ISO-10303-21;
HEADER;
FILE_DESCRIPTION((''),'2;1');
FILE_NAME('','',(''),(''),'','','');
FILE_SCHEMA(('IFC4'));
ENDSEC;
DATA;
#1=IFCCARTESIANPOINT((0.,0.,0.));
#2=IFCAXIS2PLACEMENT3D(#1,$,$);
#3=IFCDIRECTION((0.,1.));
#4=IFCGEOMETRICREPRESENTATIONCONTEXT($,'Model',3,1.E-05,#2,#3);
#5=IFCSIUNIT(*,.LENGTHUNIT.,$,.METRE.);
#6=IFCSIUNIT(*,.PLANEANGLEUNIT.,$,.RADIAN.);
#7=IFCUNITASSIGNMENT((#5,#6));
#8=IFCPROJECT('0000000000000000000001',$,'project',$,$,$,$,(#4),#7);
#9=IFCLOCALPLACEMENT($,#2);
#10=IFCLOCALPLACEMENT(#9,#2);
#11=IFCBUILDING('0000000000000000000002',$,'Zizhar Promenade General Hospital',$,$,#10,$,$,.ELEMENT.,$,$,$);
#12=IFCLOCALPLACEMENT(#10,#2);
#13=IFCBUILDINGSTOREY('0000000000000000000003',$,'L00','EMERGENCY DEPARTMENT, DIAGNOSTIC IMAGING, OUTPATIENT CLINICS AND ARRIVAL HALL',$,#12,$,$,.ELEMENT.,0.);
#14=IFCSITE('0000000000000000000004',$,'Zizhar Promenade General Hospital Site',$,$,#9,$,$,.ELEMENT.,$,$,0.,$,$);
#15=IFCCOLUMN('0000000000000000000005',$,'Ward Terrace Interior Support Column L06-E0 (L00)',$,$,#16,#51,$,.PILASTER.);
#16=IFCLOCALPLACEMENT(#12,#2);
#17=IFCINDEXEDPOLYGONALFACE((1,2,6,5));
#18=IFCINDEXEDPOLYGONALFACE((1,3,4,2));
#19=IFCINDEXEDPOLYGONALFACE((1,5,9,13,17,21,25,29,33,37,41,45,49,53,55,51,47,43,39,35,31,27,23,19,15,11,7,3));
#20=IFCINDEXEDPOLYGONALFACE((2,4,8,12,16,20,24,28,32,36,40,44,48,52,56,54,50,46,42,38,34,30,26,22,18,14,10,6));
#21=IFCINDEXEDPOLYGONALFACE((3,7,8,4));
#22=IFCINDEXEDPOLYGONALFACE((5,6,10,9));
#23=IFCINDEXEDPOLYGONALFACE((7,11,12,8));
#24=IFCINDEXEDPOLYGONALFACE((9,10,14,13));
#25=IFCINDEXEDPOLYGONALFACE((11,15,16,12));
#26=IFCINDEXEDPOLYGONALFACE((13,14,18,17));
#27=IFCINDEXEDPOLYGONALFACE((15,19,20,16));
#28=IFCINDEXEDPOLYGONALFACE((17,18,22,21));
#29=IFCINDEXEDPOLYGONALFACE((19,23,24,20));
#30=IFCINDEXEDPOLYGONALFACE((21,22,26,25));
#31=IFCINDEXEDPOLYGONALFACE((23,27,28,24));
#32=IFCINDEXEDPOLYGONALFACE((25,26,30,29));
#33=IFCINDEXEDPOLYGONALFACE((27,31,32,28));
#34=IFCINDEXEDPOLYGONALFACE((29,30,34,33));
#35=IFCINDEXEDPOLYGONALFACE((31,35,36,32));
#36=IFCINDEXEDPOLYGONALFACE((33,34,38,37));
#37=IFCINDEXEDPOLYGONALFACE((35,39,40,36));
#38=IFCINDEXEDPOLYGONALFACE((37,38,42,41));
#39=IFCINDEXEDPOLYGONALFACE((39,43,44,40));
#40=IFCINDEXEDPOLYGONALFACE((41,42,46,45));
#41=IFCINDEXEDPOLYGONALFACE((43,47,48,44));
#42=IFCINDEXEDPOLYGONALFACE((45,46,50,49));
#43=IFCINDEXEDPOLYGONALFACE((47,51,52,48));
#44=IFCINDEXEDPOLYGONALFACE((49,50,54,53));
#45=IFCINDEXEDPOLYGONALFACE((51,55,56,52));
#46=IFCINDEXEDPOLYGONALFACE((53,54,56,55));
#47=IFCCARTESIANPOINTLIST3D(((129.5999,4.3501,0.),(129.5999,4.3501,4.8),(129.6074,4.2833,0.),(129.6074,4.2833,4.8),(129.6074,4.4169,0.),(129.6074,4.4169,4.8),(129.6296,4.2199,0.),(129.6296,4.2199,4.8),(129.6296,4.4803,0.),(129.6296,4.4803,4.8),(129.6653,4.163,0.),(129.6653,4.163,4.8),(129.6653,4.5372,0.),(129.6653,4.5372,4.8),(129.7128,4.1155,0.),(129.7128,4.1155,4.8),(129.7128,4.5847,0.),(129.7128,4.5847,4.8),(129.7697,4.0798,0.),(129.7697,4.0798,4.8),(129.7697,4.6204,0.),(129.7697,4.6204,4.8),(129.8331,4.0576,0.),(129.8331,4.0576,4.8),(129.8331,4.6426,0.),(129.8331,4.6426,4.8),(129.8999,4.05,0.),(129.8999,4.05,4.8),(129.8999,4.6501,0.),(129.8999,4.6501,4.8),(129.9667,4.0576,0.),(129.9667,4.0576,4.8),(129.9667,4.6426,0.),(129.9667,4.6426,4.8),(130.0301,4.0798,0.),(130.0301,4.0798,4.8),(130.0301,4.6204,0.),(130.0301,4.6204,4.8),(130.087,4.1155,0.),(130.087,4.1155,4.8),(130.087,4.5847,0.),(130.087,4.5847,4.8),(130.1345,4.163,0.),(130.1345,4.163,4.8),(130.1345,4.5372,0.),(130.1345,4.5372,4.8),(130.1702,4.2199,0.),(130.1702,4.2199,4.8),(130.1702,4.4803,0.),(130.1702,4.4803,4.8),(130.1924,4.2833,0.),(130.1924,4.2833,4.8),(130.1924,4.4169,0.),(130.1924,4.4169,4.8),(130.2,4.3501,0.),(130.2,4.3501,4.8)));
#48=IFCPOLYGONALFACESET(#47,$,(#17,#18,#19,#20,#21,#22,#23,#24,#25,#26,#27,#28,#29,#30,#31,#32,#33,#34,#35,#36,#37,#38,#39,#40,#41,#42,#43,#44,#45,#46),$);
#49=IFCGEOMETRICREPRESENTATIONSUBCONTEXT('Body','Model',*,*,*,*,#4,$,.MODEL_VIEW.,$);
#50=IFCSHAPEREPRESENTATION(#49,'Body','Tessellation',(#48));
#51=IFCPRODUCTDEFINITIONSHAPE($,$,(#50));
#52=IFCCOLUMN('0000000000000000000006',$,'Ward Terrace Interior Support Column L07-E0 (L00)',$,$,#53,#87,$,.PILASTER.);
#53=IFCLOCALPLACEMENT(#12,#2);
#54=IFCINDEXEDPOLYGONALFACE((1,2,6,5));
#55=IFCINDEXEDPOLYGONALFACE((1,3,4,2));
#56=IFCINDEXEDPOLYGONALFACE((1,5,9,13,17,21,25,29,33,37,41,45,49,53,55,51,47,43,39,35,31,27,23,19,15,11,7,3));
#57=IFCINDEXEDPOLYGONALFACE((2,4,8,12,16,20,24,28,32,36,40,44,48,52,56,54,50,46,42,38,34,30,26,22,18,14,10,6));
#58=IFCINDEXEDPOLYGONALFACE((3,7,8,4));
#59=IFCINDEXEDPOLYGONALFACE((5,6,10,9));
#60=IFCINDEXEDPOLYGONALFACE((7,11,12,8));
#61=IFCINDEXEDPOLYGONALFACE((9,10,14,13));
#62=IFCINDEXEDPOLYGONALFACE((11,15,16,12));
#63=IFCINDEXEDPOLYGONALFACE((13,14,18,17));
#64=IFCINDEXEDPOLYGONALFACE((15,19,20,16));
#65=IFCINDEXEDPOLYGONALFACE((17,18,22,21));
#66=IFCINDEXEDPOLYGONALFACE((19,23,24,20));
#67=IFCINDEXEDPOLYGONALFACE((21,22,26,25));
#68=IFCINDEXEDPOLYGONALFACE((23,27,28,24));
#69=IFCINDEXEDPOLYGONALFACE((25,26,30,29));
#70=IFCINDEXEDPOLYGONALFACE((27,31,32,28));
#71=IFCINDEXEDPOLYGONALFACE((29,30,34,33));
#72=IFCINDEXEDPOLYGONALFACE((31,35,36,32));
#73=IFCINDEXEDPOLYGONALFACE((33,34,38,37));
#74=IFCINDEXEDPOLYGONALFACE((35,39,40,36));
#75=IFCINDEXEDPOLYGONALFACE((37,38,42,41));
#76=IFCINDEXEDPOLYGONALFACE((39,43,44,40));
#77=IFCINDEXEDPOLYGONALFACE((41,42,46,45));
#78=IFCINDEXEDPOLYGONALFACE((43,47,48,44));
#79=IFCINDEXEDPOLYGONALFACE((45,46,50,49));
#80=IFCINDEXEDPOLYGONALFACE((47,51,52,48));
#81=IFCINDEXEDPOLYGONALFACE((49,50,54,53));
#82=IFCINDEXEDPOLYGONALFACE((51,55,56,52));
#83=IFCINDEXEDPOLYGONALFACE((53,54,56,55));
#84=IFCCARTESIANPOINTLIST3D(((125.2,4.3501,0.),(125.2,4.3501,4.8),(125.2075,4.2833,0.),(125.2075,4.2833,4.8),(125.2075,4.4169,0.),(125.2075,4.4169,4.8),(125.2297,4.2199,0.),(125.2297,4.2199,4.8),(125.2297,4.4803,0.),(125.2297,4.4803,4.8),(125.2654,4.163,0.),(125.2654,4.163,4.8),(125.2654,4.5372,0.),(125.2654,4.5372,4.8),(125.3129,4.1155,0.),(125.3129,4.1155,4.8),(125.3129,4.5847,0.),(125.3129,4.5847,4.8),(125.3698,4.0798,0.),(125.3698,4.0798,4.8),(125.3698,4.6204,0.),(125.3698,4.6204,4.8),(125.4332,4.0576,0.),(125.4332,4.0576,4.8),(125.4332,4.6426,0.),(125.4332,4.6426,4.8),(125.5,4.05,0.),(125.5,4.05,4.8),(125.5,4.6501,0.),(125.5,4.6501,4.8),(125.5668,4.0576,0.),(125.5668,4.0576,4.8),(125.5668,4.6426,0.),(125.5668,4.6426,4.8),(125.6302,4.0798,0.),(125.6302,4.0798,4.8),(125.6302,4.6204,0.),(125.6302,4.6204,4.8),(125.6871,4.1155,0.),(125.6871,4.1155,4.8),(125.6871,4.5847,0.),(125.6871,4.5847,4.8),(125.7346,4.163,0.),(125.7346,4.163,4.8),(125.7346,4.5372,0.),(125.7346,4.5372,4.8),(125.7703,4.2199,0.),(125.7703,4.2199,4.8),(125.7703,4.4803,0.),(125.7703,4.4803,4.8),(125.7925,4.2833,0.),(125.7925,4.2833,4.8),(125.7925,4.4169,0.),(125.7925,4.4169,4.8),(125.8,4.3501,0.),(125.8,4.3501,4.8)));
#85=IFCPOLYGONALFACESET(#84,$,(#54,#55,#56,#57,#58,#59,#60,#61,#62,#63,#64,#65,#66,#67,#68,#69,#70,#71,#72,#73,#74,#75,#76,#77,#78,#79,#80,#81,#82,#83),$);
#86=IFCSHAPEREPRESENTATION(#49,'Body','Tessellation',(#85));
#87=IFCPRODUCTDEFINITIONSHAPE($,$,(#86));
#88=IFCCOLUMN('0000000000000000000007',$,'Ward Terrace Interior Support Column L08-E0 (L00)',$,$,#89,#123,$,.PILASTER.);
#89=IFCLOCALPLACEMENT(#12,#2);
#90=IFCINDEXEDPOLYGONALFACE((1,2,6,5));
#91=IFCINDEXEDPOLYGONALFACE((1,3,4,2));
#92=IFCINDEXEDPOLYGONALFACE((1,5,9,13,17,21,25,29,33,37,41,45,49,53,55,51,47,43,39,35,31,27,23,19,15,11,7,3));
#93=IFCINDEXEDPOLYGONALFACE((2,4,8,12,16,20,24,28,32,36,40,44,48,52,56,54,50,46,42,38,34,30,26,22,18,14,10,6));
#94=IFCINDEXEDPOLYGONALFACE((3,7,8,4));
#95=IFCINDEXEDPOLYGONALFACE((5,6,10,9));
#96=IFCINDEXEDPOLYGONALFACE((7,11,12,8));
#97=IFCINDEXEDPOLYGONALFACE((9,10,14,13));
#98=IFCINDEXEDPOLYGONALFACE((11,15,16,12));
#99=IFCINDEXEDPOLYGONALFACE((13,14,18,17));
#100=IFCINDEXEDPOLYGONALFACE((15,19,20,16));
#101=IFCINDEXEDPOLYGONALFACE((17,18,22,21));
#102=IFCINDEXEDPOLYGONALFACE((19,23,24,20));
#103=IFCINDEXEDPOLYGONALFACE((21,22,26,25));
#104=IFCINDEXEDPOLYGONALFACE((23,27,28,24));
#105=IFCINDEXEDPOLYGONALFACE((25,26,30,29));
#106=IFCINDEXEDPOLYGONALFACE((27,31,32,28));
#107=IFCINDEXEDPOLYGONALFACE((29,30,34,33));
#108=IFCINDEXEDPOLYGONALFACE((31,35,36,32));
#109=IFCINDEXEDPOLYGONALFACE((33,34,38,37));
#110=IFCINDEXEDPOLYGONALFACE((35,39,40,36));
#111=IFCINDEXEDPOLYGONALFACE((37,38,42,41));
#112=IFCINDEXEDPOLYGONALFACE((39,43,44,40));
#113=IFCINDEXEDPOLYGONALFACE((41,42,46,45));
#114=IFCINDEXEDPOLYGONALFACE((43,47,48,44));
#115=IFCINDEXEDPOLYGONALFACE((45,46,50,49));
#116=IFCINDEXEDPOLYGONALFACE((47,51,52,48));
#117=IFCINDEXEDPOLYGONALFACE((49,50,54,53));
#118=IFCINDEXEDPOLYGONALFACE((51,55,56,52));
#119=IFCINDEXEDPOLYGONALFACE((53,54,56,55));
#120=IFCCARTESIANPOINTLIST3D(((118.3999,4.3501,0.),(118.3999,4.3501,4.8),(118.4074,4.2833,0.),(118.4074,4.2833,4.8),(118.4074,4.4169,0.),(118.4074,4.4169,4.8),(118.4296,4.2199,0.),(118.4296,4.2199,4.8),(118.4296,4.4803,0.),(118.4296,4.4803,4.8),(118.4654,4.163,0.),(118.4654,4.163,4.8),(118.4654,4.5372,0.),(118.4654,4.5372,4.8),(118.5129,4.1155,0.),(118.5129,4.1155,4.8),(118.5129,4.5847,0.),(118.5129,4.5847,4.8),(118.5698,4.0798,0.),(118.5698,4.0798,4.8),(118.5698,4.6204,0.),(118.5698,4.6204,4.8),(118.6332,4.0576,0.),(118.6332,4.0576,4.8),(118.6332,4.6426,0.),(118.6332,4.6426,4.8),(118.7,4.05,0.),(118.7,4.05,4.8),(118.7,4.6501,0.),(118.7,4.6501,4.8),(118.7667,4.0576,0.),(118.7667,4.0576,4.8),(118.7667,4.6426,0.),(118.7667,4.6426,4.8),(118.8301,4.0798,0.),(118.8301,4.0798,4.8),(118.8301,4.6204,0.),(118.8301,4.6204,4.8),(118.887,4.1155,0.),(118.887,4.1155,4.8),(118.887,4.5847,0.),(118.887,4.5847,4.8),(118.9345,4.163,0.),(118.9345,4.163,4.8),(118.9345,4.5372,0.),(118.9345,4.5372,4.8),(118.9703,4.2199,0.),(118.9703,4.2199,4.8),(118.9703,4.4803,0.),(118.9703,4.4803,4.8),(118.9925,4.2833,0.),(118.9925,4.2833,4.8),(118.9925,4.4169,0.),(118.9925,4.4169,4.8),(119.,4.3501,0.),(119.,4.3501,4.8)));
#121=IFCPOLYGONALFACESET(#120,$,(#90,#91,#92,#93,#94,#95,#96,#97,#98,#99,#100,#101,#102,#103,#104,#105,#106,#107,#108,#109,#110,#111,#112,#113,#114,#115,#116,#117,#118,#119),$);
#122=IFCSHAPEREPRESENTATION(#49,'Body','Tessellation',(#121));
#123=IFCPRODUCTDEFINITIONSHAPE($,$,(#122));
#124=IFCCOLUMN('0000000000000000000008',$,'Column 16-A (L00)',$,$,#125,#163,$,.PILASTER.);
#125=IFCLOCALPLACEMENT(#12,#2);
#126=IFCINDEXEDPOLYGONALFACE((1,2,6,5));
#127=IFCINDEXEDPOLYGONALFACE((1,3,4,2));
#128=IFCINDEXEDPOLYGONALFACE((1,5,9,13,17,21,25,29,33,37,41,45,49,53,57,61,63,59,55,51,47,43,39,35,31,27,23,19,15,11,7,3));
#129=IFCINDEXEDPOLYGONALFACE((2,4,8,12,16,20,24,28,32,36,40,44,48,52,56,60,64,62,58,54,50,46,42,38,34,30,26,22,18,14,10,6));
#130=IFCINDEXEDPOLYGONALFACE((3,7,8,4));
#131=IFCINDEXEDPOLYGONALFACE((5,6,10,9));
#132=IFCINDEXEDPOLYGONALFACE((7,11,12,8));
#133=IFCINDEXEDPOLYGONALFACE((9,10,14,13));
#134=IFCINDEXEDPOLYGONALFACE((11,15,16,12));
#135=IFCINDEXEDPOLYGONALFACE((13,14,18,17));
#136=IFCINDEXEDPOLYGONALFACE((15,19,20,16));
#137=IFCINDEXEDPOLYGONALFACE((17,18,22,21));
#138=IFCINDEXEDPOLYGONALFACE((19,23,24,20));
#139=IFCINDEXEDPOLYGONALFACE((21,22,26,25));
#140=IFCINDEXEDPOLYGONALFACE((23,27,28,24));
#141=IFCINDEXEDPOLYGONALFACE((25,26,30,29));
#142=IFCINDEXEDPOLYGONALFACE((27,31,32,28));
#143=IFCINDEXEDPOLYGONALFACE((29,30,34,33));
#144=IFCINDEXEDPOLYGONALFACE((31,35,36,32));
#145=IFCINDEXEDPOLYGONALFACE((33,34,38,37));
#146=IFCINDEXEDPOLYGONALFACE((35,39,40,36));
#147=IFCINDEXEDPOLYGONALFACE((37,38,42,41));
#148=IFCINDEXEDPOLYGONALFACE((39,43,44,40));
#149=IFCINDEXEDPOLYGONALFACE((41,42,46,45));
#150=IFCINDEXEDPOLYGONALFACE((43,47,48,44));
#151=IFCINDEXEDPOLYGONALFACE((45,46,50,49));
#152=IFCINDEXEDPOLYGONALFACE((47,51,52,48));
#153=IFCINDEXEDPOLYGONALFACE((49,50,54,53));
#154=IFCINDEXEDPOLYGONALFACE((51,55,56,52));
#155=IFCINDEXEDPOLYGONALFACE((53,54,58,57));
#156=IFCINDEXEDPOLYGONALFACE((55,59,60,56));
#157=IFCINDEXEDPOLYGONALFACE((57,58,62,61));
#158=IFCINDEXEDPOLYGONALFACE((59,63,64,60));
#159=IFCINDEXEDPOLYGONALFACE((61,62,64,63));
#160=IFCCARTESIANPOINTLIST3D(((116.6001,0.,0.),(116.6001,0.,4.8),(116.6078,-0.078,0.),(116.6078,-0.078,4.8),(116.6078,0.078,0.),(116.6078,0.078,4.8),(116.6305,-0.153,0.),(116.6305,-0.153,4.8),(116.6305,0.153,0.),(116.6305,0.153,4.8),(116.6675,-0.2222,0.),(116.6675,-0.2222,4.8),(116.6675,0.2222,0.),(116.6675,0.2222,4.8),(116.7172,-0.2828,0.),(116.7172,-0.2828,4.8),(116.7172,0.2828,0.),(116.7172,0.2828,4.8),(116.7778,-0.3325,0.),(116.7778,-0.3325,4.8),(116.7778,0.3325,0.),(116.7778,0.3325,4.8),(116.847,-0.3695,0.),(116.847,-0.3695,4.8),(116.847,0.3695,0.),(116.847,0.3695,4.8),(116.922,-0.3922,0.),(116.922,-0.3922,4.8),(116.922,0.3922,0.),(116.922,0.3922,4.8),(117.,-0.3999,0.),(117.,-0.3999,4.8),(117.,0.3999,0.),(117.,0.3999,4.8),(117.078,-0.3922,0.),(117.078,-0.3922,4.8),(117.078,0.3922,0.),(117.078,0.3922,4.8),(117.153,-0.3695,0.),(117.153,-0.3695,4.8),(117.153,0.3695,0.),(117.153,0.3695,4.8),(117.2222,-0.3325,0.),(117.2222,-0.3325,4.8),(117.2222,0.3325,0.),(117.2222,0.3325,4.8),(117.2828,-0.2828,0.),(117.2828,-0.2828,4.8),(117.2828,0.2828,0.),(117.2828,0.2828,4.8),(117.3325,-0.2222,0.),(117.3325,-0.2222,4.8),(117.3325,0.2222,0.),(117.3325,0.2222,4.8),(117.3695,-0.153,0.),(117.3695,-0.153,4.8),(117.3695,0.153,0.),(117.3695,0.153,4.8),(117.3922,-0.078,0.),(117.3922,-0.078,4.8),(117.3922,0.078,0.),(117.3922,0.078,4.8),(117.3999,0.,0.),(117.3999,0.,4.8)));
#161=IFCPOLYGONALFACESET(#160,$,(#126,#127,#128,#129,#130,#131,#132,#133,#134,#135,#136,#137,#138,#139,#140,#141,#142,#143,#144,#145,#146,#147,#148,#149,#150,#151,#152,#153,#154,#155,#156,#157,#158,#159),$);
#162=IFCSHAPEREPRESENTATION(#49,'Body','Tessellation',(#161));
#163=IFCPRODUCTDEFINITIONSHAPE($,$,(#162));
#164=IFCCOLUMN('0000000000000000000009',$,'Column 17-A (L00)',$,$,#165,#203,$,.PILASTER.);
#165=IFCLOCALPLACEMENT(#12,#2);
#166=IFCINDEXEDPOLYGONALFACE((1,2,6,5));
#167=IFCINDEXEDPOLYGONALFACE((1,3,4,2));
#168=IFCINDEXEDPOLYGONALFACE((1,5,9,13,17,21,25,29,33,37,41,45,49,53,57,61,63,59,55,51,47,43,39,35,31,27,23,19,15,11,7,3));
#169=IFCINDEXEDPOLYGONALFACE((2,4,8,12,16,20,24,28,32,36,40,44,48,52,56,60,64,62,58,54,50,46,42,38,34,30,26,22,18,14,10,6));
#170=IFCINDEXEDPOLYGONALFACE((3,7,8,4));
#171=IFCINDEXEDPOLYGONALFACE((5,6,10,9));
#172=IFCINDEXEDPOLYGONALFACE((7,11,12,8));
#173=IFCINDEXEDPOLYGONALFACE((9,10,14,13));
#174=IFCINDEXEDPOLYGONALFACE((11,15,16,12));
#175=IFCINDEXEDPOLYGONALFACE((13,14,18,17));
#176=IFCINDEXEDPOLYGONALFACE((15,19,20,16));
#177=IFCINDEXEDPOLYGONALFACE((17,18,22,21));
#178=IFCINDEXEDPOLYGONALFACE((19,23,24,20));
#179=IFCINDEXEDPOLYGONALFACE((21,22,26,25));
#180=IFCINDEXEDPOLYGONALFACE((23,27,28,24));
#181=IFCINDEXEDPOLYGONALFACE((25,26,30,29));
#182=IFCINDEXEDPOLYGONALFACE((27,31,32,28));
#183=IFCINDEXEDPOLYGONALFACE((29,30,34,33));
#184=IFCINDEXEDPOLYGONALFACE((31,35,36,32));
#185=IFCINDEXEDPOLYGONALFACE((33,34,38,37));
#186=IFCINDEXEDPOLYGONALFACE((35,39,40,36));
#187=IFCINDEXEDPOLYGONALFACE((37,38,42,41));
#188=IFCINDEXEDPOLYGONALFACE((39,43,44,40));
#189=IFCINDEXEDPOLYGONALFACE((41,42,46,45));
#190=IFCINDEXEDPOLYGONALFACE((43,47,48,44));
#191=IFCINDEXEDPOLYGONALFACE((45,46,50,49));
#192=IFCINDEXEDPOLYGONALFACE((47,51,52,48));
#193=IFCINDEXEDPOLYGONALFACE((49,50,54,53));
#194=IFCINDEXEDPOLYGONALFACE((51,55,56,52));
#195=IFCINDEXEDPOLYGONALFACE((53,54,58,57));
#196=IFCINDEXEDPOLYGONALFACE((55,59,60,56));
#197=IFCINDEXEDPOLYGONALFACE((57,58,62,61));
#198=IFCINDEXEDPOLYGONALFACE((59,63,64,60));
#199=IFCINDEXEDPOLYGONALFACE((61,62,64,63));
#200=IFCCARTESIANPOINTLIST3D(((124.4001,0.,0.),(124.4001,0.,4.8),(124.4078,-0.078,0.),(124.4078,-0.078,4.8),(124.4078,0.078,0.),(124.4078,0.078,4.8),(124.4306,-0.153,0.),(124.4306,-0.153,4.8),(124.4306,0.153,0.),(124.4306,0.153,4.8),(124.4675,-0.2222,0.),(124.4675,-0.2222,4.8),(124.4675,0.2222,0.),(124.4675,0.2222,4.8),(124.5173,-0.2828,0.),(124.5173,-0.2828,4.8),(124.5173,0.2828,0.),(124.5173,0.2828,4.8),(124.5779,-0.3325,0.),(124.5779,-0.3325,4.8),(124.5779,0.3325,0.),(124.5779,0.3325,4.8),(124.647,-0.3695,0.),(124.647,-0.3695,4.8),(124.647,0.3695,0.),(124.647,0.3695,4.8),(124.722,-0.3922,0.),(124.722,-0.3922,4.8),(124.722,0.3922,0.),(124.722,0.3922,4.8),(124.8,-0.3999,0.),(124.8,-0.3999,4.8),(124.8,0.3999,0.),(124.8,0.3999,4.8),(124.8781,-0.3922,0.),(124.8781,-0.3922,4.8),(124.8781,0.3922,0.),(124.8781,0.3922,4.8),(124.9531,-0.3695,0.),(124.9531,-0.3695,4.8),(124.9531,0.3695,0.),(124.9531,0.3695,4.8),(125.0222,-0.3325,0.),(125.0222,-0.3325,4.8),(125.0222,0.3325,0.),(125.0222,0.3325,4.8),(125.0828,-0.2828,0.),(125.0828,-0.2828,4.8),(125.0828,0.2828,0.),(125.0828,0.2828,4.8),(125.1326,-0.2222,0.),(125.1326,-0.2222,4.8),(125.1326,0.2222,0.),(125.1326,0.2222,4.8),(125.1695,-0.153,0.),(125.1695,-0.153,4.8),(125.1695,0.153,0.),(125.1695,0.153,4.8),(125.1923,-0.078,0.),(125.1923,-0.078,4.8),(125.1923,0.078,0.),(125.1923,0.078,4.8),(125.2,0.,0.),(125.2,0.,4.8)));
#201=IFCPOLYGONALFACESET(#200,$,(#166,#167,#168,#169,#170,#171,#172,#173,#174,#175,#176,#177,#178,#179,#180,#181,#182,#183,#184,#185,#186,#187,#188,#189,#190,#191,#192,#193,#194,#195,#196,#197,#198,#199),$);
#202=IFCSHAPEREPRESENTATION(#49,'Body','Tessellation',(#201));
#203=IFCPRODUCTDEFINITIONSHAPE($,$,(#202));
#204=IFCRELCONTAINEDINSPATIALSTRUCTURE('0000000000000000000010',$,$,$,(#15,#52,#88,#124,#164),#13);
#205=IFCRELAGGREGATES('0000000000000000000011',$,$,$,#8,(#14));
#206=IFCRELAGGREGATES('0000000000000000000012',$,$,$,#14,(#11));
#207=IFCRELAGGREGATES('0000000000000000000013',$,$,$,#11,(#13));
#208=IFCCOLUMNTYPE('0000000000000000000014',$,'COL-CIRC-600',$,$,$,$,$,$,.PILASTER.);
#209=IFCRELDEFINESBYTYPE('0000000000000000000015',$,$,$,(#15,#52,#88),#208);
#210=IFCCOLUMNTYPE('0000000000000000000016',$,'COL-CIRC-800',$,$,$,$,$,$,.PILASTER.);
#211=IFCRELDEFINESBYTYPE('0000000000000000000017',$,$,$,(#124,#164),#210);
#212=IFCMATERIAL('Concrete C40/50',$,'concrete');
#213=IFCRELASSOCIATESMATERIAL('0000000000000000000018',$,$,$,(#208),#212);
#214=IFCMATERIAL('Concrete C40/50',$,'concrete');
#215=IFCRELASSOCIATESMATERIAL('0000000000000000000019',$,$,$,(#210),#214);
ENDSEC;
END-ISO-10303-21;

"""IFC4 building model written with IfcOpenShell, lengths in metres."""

from ifc_helpers import new_model, si_unit, direction, frame, origin, origin_2d, place, context, subcontext, project, spatial, circle, extrude, material, material_profile, profile_set, type_object, element, save


model = new_model("IFC4")

# Units and contexts
model_context = context("Model", 3, precision=1e-05, world=origin(), true_north=direction((0.0, 1.0)))
body_context = subcontext(model_context, "Body", "Model", "MODEL_VIEW")
ifc_project = project(units=[si_unit("LENGTHUNIT", "METRE"), si_unit("PLANEANGLEUNIT", "RADIAN")], contexts=[model_context])

# Site, building, storey
site_placement = place(None, origin())
site = spatial("IfcSite", under=ifc_project, at=site_placement, Name="Zizhar Promenade General Hospital Site", CompositionType="ELEMENT", RefElevation=0.0)
building_placement = place(site_placement, origin())
building = spatial("IfcBuilding", under=site, at=building_placement, Name="Zizhar Promenade General Hospital", CompositionType="ELEMENT")
storey_placement = place(building_placement, origin())
storey = spatial("IfcBuildingStorey", under=building, at=storey_placement, Name="L00", Description="EMERGENCY DEPARTMENT, DIAGNOSTIC IMAGING, OUTPATIENT CLINICS AND ARRIVAL HALL", CompositionType="ELEMENT", Elevation=0.0)

# Columns
ifc_material_1 = material(Name="Concrete C40/50", Category="concrete")
ifc_material_profile_1 = material_profile(ifc_material_1, circle(Radius=0.3, at=origin_2d()))
ifc_profile_set_1 = profile_set([ifc_material_profile_1], Name="Concrete C40/50")
column_type_1 = type_object("IfcColumnType", Name="COL-CIRC-600", PredefinedType="PILASTER", material=ifc_profile_set_1)
for number, where, z_axis, x_axis, name in (
    (1, (129.8999, 4.3501, 0.0), (0.0, 0.0, 1.0), (1.0, 0.0, 0.0), "Ward Terrace Interior Support Column L06-E0 (L00)"),
    (2, (125.5, 4.3501, 0.0), (0.0, 0.0, 1.0), (1.0, 0.0, 0.0), "Ward Terrace Interior Support Column L07-E0 (L00)"),
    (3, (118.7, 4.3501, 0.0), (0.0, 0.0, 1.0), (1.0, 0.0, 0.0), "Ward Terrace Interior Support Column L08-E0 (L00)"),
):
    element("IfcColumn", number, at=place(storey_placement, frame(where, z_axis=z_axis, x_axis=x_axis)), inside=storey, type_object=column_type_1, Name=name, PredefinedType="PILASTER", context=body_context, shape_type="SweptSolid", body=[
        extrude(circle(Radius=0.3, at=origin_2d()), origin(), (0.0, 0.0, 1.0), 4.8),
    ])
ifc_material_2 = material(Name="Concrete C40/50", Category="concrete")
ifc_material_profile_2 = material_profile(ifc_material_2, circle(Radius=0.3999, at=origin_2d()))
ifc_profile_set_2 = profile_set([ifc_material_profile_2], Name="Concrete C40/50")
column_type_2 = type_object("IfcColumnType", Name="COL-CIRC-800", PredefinedType="PILASTER", material=ifc_profile_set_2)
for number, where, z_axis, x_axis, name in (
    (4, (117.0, 0.0, 0.0), (0.0, 0.0, 1.0), (1.0, 0.0, 0.0), "Column 16-A (L00)"),
    (5, (124.8, 0.0, 0.0), (0.0, 0.0, 1.0), (1.0, 0.0, 0.0), "Column 17-A (L00)"),
):
    element("IfcColumn", number, at=place(storey_placement, frame(where, z_axis=z_axis, x_axis=x_axis)), inside=storey, type_object=column_type_2, Name=name, PredefinedType="PILASTER", context=body_context, shape_type="SweptSolid", body=[
        extrude(circle(Radius=0.3999, at=origin_2d()), origin(), (0.0, 0.0, 1.0), 4.8),
    ])

save(model, "model.ifc")
